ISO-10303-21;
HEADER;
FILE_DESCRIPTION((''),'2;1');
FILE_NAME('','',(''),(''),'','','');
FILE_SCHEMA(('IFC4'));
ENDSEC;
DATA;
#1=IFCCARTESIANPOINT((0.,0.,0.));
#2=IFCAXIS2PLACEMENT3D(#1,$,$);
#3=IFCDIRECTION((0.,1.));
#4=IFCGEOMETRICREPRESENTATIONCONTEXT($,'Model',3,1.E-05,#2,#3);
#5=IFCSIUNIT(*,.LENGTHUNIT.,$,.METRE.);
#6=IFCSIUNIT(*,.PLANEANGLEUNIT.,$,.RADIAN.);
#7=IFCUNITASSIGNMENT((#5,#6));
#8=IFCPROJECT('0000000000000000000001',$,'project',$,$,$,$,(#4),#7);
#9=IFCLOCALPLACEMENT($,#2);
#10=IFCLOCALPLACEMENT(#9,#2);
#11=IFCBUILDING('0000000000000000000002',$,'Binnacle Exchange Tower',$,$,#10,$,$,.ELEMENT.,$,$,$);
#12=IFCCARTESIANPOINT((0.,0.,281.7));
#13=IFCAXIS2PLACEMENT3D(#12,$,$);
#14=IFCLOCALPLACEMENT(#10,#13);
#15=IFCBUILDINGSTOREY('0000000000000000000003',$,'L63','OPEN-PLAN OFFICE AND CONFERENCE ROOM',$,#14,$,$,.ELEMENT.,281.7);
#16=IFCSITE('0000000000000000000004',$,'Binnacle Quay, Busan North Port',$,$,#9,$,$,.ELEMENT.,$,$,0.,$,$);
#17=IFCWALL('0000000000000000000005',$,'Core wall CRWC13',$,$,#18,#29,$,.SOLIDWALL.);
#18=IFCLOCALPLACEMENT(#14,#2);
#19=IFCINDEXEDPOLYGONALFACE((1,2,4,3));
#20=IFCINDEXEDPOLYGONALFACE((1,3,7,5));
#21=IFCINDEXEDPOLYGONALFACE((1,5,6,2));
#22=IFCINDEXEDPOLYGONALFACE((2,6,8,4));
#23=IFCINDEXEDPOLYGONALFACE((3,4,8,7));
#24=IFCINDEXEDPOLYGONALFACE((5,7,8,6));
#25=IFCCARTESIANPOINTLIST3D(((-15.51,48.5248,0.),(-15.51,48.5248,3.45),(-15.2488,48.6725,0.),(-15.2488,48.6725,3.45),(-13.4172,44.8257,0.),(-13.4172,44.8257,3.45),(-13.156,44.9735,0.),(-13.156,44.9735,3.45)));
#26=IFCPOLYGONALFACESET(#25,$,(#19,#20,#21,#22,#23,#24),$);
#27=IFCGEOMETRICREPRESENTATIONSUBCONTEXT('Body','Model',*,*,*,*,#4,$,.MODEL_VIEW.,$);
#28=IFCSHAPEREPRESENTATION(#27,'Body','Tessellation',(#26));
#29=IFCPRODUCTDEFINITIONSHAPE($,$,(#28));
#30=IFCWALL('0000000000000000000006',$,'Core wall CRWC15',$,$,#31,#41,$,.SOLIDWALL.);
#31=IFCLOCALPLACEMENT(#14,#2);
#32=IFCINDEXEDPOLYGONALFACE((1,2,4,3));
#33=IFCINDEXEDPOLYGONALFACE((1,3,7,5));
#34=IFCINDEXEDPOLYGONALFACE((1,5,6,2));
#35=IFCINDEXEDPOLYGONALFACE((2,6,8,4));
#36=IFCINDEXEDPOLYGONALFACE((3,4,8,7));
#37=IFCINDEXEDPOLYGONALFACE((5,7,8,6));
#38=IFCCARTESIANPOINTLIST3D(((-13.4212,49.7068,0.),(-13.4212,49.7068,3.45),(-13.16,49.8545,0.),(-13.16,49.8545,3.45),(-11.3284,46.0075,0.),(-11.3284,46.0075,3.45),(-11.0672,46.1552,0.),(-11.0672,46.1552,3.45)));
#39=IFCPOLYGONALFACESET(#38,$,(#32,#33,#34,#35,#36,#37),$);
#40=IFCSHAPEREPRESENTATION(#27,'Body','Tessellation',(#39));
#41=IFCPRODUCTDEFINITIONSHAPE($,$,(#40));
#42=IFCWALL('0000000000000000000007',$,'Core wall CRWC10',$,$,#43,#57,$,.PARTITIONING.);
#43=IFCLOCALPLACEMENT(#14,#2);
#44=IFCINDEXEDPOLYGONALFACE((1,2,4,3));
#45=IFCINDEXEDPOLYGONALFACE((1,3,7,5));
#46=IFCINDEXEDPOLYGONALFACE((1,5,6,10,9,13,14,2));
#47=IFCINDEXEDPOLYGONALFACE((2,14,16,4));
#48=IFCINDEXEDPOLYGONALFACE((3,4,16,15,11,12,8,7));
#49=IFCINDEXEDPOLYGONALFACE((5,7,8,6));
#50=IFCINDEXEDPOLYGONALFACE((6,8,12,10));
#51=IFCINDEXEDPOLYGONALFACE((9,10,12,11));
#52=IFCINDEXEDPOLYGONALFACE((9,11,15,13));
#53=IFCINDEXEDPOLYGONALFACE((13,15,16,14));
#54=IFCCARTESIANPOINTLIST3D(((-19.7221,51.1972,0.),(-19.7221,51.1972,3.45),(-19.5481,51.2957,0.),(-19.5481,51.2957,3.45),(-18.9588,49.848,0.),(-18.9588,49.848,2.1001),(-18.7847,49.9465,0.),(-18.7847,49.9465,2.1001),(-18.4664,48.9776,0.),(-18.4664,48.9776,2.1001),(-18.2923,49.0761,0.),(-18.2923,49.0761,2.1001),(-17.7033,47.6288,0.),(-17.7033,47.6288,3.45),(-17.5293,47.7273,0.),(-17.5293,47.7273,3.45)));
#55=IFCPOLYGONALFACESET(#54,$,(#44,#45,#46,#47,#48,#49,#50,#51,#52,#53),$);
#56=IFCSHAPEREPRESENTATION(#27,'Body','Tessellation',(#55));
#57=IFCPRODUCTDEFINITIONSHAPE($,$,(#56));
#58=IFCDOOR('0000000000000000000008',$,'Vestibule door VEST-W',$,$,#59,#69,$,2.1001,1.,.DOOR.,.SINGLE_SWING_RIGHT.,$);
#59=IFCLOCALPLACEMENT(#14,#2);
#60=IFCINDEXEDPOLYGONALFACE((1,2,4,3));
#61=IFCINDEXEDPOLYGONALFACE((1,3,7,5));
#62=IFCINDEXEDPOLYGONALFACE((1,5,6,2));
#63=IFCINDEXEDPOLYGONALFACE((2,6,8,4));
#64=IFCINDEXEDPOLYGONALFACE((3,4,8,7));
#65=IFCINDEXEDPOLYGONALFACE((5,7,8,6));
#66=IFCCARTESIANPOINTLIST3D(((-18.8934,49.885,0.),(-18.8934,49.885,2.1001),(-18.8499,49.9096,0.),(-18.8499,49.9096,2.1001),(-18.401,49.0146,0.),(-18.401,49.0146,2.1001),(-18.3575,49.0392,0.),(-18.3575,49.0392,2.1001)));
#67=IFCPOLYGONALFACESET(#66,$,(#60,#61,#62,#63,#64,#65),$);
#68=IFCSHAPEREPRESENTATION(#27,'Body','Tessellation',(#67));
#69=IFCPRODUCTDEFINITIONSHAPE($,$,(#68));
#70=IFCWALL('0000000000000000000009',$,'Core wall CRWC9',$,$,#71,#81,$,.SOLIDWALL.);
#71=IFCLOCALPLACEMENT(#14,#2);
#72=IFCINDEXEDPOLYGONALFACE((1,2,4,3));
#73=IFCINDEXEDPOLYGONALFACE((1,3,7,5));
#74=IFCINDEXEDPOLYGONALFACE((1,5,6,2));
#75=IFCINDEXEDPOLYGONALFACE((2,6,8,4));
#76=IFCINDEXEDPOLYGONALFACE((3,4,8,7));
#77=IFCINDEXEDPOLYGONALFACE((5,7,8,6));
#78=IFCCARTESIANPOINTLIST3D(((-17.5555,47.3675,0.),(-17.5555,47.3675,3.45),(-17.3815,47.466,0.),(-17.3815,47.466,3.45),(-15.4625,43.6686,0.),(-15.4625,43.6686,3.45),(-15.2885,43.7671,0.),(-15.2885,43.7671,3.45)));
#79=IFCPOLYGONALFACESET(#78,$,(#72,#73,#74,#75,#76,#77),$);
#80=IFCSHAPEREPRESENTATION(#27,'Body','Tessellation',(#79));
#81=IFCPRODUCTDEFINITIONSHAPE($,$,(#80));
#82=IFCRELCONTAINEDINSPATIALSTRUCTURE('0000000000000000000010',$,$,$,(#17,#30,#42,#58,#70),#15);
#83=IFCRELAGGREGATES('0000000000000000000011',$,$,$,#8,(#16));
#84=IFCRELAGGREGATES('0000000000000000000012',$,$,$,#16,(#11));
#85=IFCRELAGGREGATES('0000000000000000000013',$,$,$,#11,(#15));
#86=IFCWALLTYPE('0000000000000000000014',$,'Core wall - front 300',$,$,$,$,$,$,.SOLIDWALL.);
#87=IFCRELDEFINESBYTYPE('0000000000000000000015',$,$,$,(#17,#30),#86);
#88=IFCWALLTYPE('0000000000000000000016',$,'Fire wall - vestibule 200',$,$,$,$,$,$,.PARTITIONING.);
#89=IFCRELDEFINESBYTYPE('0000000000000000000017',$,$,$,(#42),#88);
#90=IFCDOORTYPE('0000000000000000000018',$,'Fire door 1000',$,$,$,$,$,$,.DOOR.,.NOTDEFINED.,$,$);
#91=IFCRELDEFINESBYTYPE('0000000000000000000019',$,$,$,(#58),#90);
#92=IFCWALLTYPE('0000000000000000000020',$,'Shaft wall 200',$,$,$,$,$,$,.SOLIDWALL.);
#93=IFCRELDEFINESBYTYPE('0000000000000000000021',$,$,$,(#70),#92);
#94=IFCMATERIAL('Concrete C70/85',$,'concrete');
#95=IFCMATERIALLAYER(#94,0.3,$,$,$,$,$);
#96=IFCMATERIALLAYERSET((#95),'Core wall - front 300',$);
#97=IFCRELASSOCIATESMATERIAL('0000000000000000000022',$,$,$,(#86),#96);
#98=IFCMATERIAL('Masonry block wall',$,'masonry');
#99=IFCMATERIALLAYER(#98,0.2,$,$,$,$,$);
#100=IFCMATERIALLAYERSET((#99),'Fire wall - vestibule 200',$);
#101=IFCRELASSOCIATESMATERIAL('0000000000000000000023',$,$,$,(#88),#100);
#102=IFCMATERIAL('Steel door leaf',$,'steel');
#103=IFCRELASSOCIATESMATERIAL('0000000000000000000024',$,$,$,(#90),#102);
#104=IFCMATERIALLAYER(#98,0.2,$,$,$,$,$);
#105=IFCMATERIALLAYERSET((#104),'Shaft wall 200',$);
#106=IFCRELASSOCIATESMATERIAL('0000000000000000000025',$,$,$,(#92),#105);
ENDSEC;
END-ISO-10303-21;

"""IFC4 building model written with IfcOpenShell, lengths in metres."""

from ifc_helpers import new_model, si_unit, direction, frame, frame_2d, origin, place, context, subcontext, project, spatial, rectangle, extrude, material, layer, layer_set, type_object, element, fill, save


model = new_model("IFC4")

# Units and contexts
model_context = context("Model", 3, precision=1e-05, world=origin(), true_north=direction((0.0, 1.0)))
body_context = subcontext(model_context, "Body", "Model", "MODEL_VIEW")
ifc_project = project(units=[si_unit("LENGTHUNIT", "METRE"), si_unit("PLANEANGLEUNIT", "RADIAN")], contexts=[model_context])

# Site, building, storey
site_placement = place(None, origin())
site = spatial("IfcSite", under=ifc_project, at=site_placement, Name="Binnacle Quay, Busan North Port", CompositionType="ELEMENT", RefElevation=0.0)
building_placement = place(site_placement, origin())
building = spatial("IfcBuilding", under=site, at=building_placement, Name="Binnacle Exchange Tower", CompositionType="ELEMENT")
storey_placement = place(building_placement, frame((0.0, 0.0, 281.7)))
storey = spatial("IfcBuildingStorey", under=building, at=storey_placement, Name="L63", Description="OPEN-PLAN OFFICE AND CONFERENCE ROOM", CompositionType="ELEMENT", Elevation=281.7)

# Shared definitions
ifc_material_1 = material(Name="Concrete C70/85", Category="concrete")
ifc_layer_1 = layer(ifc_material_1, 0.3)
ifc_layer_set_1 = layer_set([ifc_layer_1], Name="Core wall - front 300")
wall_type_1 = type_object("IfcWallType", Name="Core wall - front 300", PredefinedType="SOLIDWALL", material=ifc_layer_set_1)
ifc_material_2 = material(Name="Steel door leaf", Category="steel")

# Walls
wall_1_placement = place(storey_placement, frame((-15.3794, 48.5986, 0.0), z_axis=(0.0, 0.0, 1.0), x_axis=(0.492423, -0.870356, 0.0)))
element("IfcWall", 1, at=wall_1_placement, inside=storey, type_object=wall_type_1, Name="Core wall CRWC13", PredefinedType="SOLIDWALL", context=body_context, shape_type="SweptSolid", body=[
    extrude(rectangle(XDim=4.25, YDim=0.3, at=frame_2d((2.125, 0.0))), origin(), (0.0, 0.0, 1.0), 3.45),
])
wall_2_placement = place(storey_placement, frame((-13.2905, 49.7805, 0.0), z_axis=(0.0, 0.0, 1.0), x_axis=(0.492398, -0.87037, 0.0)))
element("IfcWall", 2, at=wall_2_placement, inside=storey, type_object=wall_type_1, Name="Core wall CRWC15", PredefinedType="SOLIDWALL", context=body_context, shape_type="SweptSolid", body=[
    extrude(rectangle(XDim=4.2502, YDim=0.3, at=frame_2d((2.125, 0.0))), origin(), (0.0, 0.0, 1.0), 3.45),
])

# Wall, opening, door
ifc_material_3 = material(Name="Masonry block wall", Category="masonry")
ifc_layer_2 = layer(ifc_material_3, 0.2)
ifc_layer_set_2 = layer_set([ifc_layer_2], Name="Fire wall - vestibule 200")
wall_type_2 = type_object("IfcWallType", Name="Fire wall - vestibule 200", PredefinedType="PARTITIONING", material=ifc_layer_set_2)
wall_3_placement = place(storey_placement, frame((-19.635, 51.2463, 0.0), z_axis=(0.0, 0.0, 1.0), x_axis=(0.492408, -0.870364, 0.0)))
wall_3 = element("IfcWall", 3, at=wall_3_placement, inside=storey, type_object=wall_type_2, Name="Core wall CRWC10", PredefinedType="PARTITIONING", context=body_context, shape_type="SweptSolid", body=[
    extrude(rectangle(XDim=4.0999, YDim=0.2, at=frame_2d((2.0498, 0.0))), origin(), (0.0, 0.0, 1.0), 3.45),
])
opening_1_placement = place(wall_3_placement, frame((1.55, 0.0, 0.0)))
opening_1 = element("IfcOpeningElement", 4, at=opening_1_placement, cuts=wall_3, PredefinedType="OPENING", context=body_context, shape_type="SweptSolid", body=[
    extrude(rectangle(XDim=1.0, YDim=2.1001, at=frame_2d((0.5, 1.05))), frame((0.0, 0.1099, 0.0), z_axis=(0.0, -1.0, 0.0), x_axis=(1.0, 0.0, 0.0)), (0.0, 0.0, 1.0), 0.22),
])
door_type_1 = type_object("IfcDoorType", Name="Fire door 1000", OperationType="NOTDEFINED", PredefinedType="DOOR", material=ifc_material_2)
door_1_placement = place(opening_1_placement, frame((1.0, 0.0, 0.0), z_axis=(0.0, 0.0, 1.0), x_axis=(-1.0, 0.0, 0.0)))
door_1 = element("IfcDoor", 5, at=door_1_placement, inside=storey, type_object=door_type_1, Name="Vestibule door VEST-W", OperationType="SINGLE_SWING_RIGHT", OverallHeight=2.1001, OverallWidth=1.0, PredefinedType="DOOR", context=body_context, shape_type="SweptSolid", body=[
    extrude(rectangle(XDim=1.0, YDim=2.1001, at=frame_2d((0.5, 1.05))), frame((0.0, 0.0249, 0.0), z_axis=(0.0, -1.0, 0.0), x_axis=(1.0, 0.0, 0.0)), (0.0, 0.0, 1.0), 0.05),
])
fill(opening_1, door_1)

# Wall
ifc_layer_3 = layer(ifc_material_3, 0.2)
ifc_layer_set_3 = layer_set([ifc_layer_3], Name="Shaft wall 200")
wall_type_3 = type_object("IfcWallType", Name="Shaft wall 200", PredefinedType="SOLIDWALL", material=ifc_layer_set_3)
wall_4_placement = place(storey_placement, frame((-17.4685, 47.4167, 0.0), z_axis=(0.0, 0.0, 1.0), x_axis=(0.492466, -0.870332, 0.0)))
element("IfcWall", 6, at=wall_4_placement, inside=storey, type_object=wall_type_3, Name="Core wall CRWC9", PredefinedType="SOLIDWALL", context=body_context, shape_type="SweptSolid", body=[
    extrude(rectangle(XDim=4.25, YDim=0.2, at=frame_2d((2.125, 0.0))), origin(), (0.0, 0.0, 1.0), 3.45),
])

save(model, "model.ifc")
